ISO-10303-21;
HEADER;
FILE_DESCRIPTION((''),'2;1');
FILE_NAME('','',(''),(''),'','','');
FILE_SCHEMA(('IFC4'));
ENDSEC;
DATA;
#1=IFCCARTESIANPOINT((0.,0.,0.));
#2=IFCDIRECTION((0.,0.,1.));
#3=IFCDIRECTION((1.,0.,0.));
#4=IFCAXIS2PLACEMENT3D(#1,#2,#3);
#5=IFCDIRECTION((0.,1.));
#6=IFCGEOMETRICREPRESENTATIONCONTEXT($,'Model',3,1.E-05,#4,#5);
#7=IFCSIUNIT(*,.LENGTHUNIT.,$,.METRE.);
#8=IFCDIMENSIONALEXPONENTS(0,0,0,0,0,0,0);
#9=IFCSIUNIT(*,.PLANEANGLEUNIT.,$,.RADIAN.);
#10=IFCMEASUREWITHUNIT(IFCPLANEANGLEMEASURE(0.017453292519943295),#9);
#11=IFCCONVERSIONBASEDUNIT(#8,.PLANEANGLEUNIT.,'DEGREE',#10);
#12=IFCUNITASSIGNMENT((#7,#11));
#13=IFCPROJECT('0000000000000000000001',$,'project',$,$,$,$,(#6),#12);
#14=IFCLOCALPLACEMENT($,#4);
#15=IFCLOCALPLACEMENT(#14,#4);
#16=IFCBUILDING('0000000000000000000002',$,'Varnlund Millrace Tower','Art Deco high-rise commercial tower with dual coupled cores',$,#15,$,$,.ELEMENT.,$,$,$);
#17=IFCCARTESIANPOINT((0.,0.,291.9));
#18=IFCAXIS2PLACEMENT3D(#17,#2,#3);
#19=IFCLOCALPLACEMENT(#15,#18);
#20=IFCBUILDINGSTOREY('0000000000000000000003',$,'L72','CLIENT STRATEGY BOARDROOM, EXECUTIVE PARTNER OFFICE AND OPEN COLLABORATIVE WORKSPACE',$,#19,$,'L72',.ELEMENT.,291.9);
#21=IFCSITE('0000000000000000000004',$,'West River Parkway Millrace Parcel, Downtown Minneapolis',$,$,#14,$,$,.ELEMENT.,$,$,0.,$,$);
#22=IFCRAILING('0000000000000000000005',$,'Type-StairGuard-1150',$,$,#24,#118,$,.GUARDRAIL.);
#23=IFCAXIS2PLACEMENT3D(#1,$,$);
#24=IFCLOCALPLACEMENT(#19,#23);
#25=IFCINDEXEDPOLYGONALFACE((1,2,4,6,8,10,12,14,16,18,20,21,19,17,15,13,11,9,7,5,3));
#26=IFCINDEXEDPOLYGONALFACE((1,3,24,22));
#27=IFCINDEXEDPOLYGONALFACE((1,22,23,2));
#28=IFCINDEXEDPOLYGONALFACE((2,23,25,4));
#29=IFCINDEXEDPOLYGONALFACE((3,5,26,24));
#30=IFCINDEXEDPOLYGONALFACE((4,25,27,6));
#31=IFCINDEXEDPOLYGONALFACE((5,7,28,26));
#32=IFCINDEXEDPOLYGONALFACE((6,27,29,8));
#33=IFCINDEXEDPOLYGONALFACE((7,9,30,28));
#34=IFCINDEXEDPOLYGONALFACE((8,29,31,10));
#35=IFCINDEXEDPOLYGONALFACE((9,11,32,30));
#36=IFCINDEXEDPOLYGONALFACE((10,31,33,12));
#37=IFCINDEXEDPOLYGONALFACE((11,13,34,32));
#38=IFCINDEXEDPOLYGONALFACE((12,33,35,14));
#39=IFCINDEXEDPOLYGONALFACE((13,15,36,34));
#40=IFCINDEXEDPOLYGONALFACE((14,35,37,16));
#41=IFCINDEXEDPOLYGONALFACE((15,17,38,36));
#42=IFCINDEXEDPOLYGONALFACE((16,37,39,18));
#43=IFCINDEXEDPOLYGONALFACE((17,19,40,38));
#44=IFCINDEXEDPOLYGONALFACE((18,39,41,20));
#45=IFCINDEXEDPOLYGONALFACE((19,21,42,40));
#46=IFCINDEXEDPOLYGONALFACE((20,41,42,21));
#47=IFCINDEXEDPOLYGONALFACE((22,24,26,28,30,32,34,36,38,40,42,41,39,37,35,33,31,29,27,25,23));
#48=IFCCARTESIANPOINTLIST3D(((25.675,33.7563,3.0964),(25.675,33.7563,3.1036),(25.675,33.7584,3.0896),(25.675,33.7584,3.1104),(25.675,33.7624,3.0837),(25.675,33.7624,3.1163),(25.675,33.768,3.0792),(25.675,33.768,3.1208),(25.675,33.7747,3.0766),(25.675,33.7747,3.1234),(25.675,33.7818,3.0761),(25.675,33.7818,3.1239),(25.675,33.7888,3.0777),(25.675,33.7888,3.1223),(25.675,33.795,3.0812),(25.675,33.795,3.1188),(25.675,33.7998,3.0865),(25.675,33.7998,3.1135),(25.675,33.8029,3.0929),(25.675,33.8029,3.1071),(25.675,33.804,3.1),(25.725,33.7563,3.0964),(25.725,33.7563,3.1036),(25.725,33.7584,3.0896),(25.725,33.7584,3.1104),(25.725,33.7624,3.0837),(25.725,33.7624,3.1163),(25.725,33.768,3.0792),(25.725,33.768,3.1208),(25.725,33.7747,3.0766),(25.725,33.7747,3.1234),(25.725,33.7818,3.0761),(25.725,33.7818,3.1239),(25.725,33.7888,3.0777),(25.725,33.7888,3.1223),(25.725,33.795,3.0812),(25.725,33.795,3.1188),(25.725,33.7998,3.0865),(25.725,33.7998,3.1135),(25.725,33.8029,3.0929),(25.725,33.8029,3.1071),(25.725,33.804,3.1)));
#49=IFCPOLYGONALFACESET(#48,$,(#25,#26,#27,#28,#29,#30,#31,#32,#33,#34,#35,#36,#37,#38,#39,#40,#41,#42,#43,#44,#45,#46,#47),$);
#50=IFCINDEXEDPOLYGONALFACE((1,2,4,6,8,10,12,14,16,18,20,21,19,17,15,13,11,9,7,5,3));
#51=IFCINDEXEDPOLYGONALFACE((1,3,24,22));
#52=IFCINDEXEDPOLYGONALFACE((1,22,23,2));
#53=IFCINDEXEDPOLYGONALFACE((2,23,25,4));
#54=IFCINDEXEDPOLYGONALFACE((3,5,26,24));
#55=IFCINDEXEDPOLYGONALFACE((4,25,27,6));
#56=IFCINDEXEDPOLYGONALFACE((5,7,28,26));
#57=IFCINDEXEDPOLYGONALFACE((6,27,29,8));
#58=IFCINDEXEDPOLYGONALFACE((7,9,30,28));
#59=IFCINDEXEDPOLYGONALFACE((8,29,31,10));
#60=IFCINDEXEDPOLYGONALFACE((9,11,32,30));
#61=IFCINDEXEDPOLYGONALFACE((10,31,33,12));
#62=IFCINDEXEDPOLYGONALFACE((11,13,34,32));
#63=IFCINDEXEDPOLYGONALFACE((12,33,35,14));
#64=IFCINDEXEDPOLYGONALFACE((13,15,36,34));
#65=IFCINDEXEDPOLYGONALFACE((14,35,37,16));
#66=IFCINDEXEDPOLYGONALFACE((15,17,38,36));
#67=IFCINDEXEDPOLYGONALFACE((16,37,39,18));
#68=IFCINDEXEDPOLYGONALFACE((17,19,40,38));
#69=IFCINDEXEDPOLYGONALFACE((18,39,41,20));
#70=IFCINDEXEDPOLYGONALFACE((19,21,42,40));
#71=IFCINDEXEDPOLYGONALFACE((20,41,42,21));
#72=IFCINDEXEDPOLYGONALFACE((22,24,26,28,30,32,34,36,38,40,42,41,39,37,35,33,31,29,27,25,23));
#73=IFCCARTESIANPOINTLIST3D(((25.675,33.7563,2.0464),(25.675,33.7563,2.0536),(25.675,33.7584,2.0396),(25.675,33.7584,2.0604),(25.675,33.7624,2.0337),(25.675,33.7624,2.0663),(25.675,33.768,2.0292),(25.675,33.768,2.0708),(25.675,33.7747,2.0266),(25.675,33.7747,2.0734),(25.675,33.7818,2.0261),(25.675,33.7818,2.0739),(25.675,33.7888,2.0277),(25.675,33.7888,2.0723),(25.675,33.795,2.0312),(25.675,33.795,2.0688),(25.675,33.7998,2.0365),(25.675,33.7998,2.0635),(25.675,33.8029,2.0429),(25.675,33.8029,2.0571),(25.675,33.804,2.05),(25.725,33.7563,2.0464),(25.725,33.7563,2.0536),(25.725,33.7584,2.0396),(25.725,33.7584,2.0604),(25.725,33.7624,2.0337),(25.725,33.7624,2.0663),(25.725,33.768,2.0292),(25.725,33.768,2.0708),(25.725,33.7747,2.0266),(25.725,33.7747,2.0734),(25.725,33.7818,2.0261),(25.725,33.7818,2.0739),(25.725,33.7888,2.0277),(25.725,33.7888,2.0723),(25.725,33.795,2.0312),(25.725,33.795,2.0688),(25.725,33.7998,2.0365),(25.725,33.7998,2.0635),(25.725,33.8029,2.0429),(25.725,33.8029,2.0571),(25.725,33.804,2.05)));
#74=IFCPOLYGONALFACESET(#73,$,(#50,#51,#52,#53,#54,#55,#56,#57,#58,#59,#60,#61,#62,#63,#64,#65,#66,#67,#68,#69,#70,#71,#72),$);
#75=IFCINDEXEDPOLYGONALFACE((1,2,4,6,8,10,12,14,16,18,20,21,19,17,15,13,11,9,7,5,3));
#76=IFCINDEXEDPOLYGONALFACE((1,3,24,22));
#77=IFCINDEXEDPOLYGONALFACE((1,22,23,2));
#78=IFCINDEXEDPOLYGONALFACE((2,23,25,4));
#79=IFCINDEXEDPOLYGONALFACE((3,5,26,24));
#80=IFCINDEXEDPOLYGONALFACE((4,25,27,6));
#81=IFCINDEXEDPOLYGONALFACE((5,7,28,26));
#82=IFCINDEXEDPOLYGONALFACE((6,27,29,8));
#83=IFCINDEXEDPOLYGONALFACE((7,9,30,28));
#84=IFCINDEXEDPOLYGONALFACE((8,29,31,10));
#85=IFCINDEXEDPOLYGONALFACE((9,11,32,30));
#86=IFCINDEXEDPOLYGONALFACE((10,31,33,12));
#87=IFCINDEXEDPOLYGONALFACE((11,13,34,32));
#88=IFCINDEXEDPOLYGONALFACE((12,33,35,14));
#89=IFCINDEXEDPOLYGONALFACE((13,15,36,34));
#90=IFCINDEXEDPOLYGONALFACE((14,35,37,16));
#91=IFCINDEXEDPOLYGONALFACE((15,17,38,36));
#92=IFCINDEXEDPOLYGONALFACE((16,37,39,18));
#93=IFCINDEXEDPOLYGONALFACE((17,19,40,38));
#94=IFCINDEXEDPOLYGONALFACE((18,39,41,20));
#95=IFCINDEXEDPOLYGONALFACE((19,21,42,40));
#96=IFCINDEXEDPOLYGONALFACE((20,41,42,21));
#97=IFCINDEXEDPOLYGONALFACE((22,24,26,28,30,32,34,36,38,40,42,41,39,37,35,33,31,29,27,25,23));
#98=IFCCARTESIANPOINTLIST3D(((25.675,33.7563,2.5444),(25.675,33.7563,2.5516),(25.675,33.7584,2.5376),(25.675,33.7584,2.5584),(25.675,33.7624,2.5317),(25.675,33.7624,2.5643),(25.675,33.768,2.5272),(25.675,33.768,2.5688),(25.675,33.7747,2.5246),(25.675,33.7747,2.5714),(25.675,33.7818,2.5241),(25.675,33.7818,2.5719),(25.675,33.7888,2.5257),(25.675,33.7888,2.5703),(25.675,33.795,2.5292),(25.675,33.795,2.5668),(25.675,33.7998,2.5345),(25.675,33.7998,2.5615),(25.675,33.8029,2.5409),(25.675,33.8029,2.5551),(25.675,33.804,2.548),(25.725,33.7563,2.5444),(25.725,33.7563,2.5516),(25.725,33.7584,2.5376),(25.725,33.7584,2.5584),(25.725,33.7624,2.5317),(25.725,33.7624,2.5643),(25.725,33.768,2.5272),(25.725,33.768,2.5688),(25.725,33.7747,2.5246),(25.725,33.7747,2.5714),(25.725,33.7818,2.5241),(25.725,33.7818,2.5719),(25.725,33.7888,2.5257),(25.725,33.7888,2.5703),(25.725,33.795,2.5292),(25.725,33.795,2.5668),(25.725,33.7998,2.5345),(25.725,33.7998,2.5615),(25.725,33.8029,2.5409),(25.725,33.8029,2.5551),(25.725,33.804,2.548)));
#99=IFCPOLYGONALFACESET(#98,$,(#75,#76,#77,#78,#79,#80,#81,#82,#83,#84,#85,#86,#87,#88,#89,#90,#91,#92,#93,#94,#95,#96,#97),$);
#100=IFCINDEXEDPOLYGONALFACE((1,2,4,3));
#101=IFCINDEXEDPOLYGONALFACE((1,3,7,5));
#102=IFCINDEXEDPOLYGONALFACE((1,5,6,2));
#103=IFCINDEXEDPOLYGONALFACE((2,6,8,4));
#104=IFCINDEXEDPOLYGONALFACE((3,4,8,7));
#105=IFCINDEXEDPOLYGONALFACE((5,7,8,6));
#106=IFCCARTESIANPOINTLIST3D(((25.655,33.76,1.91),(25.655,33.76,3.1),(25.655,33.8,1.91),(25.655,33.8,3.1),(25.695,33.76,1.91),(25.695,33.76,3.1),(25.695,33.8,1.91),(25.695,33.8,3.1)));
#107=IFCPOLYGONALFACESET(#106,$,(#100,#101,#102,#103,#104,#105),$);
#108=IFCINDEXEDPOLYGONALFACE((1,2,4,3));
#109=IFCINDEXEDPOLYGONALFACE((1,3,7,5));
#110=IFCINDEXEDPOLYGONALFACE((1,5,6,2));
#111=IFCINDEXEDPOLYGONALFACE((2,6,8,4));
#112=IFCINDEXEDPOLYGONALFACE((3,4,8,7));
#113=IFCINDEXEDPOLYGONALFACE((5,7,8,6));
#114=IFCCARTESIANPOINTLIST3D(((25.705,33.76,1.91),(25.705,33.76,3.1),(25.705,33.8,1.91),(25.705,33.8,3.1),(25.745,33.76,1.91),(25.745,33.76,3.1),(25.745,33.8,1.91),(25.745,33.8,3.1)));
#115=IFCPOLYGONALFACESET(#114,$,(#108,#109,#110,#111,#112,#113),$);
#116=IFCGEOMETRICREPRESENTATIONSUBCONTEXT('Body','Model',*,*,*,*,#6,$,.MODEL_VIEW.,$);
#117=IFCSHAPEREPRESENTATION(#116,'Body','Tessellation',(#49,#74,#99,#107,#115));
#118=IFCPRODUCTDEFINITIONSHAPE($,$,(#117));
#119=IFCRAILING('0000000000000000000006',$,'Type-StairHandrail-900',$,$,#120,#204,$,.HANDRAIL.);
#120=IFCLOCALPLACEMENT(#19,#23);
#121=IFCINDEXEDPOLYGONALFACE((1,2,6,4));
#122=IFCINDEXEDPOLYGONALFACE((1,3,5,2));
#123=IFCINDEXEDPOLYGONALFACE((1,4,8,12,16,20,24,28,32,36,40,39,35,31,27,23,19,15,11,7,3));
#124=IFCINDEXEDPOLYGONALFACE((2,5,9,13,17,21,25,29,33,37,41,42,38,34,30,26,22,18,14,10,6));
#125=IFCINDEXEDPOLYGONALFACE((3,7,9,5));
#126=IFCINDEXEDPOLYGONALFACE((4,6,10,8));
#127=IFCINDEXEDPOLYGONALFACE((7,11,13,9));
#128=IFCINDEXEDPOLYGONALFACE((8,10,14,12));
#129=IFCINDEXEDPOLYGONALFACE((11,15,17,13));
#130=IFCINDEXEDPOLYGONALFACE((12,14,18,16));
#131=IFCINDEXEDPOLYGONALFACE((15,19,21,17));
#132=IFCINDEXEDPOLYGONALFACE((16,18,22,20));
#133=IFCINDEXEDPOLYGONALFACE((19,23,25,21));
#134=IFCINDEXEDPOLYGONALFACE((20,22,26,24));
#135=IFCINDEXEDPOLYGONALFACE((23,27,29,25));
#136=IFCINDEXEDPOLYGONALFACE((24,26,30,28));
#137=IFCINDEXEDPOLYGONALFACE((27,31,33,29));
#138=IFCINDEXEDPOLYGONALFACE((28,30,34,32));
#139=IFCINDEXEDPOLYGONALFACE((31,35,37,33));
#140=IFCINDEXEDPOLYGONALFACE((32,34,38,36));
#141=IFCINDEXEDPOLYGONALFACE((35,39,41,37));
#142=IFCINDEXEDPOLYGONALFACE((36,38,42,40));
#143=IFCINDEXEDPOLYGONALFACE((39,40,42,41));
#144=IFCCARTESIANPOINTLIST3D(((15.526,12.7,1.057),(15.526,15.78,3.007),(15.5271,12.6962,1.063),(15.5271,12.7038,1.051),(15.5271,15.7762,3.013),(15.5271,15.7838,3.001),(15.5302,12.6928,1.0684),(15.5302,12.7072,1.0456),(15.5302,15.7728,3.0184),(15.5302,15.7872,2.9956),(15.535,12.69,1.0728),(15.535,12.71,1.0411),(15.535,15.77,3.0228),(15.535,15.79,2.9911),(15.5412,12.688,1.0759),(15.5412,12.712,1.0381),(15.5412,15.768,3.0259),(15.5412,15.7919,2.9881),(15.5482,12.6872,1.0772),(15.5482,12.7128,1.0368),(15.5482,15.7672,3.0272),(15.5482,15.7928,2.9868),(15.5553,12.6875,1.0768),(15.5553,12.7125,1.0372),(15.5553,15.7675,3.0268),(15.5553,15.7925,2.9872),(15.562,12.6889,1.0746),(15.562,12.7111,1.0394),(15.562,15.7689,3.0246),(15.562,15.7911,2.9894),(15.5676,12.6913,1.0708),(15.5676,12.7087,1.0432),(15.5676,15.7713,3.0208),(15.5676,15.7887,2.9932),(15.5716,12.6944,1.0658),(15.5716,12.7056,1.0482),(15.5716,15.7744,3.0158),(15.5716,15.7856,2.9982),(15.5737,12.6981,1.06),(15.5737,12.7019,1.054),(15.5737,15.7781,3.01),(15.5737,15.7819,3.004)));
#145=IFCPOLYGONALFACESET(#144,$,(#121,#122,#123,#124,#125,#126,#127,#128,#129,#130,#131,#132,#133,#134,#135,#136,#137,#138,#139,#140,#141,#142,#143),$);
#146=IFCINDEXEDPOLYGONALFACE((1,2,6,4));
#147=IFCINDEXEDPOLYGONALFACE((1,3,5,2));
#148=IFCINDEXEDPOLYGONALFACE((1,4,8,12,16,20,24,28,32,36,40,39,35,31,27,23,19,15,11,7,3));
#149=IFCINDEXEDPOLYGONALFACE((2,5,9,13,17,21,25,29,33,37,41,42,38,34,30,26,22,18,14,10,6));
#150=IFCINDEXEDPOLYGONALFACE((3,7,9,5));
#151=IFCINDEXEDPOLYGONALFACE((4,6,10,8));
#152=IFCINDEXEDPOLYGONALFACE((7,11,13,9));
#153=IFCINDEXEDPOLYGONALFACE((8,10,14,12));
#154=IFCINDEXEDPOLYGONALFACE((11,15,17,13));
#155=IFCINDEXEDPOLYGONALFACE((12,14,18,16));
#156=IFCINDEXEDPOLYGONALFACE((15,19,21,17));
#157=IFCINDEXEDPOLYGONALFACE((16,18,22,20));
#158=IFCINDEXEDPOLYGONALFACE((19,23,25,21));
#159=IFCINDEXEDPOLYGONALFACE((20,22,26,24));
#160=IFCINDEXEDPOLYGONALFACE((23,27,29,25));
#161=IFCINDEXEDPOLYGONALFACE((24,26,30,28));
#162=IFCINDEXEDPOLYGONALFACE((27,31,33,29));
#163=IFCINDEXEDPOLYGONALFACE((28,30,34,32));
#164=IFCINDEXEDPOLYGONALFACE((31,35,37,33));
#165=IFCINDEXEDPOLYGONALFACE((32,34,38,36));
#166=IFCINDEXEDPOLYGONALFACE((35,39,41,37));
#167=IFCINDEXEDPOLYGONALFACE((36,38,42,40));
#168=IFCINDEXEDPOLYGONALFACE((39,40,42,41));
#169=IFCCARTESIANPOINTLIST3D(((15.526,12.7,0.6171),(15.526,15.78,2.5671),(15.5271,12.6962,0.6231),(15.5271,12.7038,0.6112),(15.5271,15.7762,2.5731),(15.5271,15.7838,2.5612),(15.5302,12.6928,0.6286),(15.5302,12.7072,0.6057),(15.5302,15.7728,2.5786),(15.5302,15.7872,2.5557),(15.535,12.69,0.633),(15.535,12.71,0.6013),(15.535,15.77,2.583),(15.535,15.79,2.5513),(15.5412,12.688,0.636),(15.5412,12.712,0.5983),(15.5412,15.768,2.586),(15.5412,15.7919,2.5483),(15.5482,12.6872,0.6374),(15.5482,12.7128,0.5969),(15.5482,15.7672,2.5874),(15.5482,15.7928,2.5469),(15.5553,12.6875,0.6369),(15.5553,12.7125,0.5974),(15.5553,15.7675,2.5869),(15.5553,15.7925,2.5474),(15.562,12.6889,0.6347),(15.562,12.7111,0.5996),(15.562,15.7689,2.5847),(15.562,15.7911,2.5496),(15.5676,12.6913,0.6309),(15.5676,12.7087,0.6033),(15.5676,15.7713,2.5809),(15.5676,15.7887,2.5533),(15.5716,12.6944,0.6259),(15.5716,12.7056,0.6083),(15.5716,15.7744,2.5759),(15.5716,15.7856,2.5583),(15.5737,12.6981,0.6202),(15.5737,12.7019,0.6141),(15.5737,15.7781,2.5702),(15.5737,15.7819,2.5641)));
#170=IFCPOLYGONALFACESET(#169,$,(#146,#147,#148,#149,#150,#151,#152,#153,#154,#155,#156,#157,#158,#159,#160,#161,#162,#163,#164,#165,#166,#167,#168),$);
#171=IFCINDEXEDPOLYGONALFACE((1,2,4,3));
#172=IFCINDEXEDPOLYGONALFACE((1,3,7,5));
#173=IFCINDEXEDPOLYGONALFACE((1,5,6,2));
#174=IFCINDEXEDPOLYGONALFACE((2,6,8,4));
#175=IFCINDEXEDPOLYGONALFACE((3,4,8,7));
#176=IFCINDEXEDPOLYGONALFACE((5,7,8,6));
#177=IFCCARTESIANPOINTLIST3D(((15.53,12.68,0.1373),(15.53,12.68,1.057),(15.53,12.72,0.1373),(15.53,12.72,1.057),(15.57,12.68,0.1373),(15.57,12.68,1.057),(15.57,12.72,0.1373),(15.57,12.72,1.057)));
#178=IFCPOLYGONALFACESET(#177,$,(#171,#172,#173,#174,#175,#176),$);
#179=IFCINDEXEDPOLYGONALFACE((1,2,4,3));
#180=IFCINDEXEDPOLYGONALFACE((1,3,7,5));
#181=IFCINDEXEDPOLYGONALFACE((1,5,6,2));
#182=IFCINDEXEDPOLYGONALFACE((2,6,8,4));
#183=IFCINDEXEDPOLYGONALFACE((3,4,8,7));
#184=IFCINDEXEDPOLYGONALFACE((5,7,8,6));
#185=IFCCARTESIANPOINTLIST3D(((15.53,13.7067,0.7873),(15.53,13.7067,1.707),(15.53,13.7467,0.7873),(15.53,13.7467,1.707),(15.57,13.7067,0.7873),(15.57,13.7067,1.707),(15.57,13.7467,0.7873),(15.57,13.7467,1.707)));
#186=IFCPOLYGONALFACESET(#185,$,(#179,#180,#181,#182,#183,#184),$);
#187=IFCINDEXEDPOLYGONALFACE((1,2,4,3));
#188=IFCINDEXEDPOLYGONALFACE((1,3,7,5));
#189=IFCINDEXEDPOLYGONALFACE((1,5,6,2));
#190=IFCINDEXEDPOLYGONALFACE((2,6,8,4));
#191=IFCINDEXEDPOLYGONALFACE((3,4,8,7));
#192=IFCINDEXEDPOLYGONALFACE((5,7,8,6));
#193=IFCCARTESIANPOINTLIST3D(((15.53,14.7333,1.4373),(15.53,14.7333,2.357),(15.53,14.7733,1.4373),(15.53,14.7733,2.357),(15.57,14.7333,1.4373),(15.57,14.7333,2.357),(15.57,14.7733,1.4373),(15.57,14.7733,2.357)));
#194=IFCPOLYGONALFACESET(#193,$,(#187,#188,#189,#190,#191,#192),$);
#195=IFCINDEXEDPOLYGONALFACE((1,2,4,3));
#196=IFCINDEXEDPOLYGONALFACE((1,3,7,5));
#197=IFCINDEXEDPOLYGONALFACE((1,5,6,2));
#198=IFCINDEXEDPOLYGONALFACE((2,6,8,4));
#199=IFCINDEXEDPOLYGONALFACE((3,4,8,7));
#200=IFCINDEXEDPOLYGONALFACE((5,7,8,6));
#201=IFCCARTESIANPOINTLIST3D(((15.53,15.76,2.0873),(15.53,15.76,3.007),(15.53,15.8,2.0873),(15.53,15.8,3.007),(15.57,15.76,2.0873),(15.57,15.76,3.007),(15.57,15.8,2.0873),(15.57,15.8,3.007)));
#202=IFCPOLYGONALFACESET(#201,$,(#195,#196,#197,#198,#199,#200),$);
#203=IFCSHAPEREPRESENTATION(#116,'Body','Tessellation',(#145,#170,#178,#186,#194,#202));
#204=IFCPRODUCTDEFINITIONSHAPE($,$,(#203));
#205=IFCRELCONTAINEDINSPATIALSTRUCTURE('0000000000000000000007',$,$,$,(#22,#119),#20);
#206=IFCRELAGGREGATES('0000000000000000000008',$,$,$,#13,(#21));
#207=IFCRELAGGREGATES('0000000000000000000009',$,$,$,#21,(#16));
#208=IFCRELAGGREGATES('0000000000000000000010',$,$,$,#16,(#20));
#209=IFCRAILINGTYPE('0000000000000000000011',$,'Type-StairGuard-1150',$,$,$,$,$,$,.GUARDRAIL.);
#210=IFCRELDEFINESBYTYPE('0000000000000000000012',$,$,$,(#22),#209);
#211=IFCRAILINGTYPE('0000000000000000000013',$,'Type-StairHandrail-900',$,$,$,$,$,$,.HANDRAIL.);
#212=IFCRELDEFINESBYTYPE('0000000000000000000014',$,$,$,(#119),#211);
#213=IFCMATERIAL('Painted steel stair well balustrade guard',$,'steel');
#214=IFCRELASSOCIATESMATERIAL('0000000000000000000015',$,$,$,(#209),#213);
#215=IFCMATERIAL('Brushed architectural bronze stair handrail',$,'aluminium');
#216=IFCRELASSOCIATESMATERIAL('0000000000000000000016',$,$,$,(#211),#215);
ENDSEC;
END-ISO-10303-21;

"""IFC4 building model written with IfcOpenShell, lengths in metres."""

from ifc_helpers import new_model, entity, si_unit, converted_unit, direction, frame, origin_with_axes, origin_2d_with_axis, place, context, subcontext, project, spatial, rectangle, circle, extrude, material, type_object, element, save


model = new_model("IFC4")

# Units and contexts
model_context = context("Model", 3, precision=1e-05, world=origin_with_axes(), true_north=direction((0.0, 1.0)))
body_context = subcontext(model_context, "Body", "Model", "MODEL_VIEW")
ifc_project = project(units=[si_unit("LENGTHUNIT", "METRE"), converted_unit("PLANEANGLEUNIT", "DEGREE", entity("IfcPlaneAngleMeasure", 0.017453292519943295), si_unit("PLANEANGLEUNIT", "RADIAN"), dimensions=[0, 0, 0, 0, 0, 0, 0])], contexts=[model_context])

# Site, building, storey
site_placement = place(None, origin_with_axes())
site = spatial("IfcSite", under=ifc_project, at=site_placement, Name="West River Parkway Millrace Parcel, Downtown Minneapolis", CompositionType="ELEMENT", RefElevation=0.0)
building_placement = place(site_placement, origin_with_axes())
building = spatial("IfcBuilding", under=site, at=building_placement, Name="Varnlund Millrace Tower", Description="Art Deco high-rise commercial tower with dual coupled cores", CompositionType="ELEMENT")
storey_placement = place(building_placement, frame((0.0, 0.0, 291.9), z_axis=(0.0, 0.0, 1.0), x_axis=(1.0, 0.0, 0.0)))
storey = spatial("IfcBuildingStorey", under=building, at=storey_placement, Name="L72", Description="CLIENT STRATEGY BOARDROOM, EXECUTIVE PARTNER OFFICE AND OPEN COLLABORATIVE WORKSPACE", LongName="L72", CompositionType="ELEMENT", Elevation=291.9)

# Railings
ifc_material_1 = material(Name="Painted steel stair well balustrade guard", Category="steel")
railing_type_1 = type_object("IfcRailingType", Name="Type-StairGuard-1150", PredefinedType="GUARDRAIL", material=ifc_material_1)
railing_1_placement = place(storey_placement, frame((0.0, 0.0, -291.9), z_axis=(0.0, 0.0, 1.0), x_axis=(1.0, 0.0, 0.0)))
element("IfcRailing", 1, at=railing_1_placement, inside=storey, type_object=railing_type_1, Name="Type-StairGuard-1150", PredefinedType="GUARDRAIL", context=body_context, shape_type="SweptSolid", body=[
    extrude(circle(Radius=0.024, at=origin_2d_with_axis()), frame((25.675, 33.78, 295.0), z_axis=(1.0, 0.0, 0.0), x_axis=(0.0, 1.0, 0.0)), (0.0, 0.0, 1.0), 0.05),
    extrude(circle(Radius=0.024, at=origin_2d_with_axis()), frame((25.675, 33.78, 293.95), z_axis=(1.0, 0.0, 0.0), x_axis=(0.0, 1.0, 0.0)), (0.0, 0.0, 1.0), 0.05),
    extrude(circle(Radius=0.024, at=origin_2d_with_axis()), frame((25.675, 33.78, 294.448), z_axis=(1.0, 0.0, 0.0), x_axis=(0.0, 1.0, 0.0)), (0.0, 0.0, 1.0), 0.05),
    extrude(rectangle(XDim=0.04, YDim=0.04, at=origin_2d_with_axis()), frame((25.675, 33.78, 293.81), z_axis=(0.0, 0.0, 1.0), x_axis=(1.0, 0.0, 0.0)), (0.0, 0.0, 1.0), 1.19),
    extrude(rectangle(XDim=0.04, YDim=0.04, at=origin_2d_with_axis()), frame((25.725, 33.78, 293.81), z_axis=(0.0, 0.0, 1.0), x_axis=(1.0, 0.0, 0.0)), (0.0, 0.0, 1.0), 1.19),
])
ifc_material_2 = material(Name="Brushed architectural bronze stair handrail", Category="aluminium")
railing_type_2 = type_object("IfcRailingType", Name="Type-StairHandrail-900", PredefinedType="HANDRAIL", material=ifc_material_2)
railing_2_placement = place(storey_placement, frame((0.0, 0.0, -291.9), z_axis=(0.0, 0.0, 1.0), x_axis=(1.0, 0.0, 0.0)))
element("IfcRailing", 2, at=railing_2_placement, inside=storey, type_object=railing_type_2, Name="Type-StairHandrail-900", PredefinedType="HANDRAIL", context=body_context, shape_type="SweptSolid", body=[
    extrude(circle(Radius=0.024, at=origin_2d_with_axis()), frame((15.55, 12.7, 292.957), z_axis=(0.0, 0.844902, 0.534922), x_axis=(-1.0, 0.0, 0.0)), (0.0, 0.0, 1.0), 3.6454),
    extrude(circle(Radius=0.024, at=origin_2d_with_axis()), frame((15.55, 12.7, 292.5171), z_axis=(0.0, 0.844902, 0.534922), x_axis=(-1.0, 0.0, 0.0)), (0.0, 0.0, 1.0), 3.6454),
    extrude(rectangle(XDim=0.04, YDim=0.04, at=origin_2d_with_axis()), frame((15.55, 12.7, 292.0373), z_axis=(0.0, 0.0, 1.0), x_axis=(1.0, 0.0, 0.0)), (0.0, 0.0, 1.0), 0.9197),
    extrude(rectangle(XDim=0.04, YDim=0.04, at=origin_2d_with_axis()), frame((15.55, 13.7267, 292.6873), z_axis=(0.0, 0.0, 1.0), x_axis=(1.0, 0.0, 0.0)), (0.0, 0.0, 1.0), 0.9197),
    extrude(rectangle(XDim=0.04, YDim=0.04, at=origin_2d_with_axis()), frame((15.55, 14.7533, 293.3373), z_axis=(0.0, 0.0, 1.0), x_axis=(1.0, 0.0, 0.0)), (0.0, 0.0, 1.0), 0.9197),
    extrude(rectangle(XDim=0.04, YDim=0.04, at=origin_2d_with_axis()), frame((15.55, 15.78, 293.9873), z_axis=(0.0, 0.0, 1.0), x_axis=(1.0, 0.0, 0.0)), (0.0, 0.0, 1.0), 0.9197),
])

save(model, "model.ifc")
